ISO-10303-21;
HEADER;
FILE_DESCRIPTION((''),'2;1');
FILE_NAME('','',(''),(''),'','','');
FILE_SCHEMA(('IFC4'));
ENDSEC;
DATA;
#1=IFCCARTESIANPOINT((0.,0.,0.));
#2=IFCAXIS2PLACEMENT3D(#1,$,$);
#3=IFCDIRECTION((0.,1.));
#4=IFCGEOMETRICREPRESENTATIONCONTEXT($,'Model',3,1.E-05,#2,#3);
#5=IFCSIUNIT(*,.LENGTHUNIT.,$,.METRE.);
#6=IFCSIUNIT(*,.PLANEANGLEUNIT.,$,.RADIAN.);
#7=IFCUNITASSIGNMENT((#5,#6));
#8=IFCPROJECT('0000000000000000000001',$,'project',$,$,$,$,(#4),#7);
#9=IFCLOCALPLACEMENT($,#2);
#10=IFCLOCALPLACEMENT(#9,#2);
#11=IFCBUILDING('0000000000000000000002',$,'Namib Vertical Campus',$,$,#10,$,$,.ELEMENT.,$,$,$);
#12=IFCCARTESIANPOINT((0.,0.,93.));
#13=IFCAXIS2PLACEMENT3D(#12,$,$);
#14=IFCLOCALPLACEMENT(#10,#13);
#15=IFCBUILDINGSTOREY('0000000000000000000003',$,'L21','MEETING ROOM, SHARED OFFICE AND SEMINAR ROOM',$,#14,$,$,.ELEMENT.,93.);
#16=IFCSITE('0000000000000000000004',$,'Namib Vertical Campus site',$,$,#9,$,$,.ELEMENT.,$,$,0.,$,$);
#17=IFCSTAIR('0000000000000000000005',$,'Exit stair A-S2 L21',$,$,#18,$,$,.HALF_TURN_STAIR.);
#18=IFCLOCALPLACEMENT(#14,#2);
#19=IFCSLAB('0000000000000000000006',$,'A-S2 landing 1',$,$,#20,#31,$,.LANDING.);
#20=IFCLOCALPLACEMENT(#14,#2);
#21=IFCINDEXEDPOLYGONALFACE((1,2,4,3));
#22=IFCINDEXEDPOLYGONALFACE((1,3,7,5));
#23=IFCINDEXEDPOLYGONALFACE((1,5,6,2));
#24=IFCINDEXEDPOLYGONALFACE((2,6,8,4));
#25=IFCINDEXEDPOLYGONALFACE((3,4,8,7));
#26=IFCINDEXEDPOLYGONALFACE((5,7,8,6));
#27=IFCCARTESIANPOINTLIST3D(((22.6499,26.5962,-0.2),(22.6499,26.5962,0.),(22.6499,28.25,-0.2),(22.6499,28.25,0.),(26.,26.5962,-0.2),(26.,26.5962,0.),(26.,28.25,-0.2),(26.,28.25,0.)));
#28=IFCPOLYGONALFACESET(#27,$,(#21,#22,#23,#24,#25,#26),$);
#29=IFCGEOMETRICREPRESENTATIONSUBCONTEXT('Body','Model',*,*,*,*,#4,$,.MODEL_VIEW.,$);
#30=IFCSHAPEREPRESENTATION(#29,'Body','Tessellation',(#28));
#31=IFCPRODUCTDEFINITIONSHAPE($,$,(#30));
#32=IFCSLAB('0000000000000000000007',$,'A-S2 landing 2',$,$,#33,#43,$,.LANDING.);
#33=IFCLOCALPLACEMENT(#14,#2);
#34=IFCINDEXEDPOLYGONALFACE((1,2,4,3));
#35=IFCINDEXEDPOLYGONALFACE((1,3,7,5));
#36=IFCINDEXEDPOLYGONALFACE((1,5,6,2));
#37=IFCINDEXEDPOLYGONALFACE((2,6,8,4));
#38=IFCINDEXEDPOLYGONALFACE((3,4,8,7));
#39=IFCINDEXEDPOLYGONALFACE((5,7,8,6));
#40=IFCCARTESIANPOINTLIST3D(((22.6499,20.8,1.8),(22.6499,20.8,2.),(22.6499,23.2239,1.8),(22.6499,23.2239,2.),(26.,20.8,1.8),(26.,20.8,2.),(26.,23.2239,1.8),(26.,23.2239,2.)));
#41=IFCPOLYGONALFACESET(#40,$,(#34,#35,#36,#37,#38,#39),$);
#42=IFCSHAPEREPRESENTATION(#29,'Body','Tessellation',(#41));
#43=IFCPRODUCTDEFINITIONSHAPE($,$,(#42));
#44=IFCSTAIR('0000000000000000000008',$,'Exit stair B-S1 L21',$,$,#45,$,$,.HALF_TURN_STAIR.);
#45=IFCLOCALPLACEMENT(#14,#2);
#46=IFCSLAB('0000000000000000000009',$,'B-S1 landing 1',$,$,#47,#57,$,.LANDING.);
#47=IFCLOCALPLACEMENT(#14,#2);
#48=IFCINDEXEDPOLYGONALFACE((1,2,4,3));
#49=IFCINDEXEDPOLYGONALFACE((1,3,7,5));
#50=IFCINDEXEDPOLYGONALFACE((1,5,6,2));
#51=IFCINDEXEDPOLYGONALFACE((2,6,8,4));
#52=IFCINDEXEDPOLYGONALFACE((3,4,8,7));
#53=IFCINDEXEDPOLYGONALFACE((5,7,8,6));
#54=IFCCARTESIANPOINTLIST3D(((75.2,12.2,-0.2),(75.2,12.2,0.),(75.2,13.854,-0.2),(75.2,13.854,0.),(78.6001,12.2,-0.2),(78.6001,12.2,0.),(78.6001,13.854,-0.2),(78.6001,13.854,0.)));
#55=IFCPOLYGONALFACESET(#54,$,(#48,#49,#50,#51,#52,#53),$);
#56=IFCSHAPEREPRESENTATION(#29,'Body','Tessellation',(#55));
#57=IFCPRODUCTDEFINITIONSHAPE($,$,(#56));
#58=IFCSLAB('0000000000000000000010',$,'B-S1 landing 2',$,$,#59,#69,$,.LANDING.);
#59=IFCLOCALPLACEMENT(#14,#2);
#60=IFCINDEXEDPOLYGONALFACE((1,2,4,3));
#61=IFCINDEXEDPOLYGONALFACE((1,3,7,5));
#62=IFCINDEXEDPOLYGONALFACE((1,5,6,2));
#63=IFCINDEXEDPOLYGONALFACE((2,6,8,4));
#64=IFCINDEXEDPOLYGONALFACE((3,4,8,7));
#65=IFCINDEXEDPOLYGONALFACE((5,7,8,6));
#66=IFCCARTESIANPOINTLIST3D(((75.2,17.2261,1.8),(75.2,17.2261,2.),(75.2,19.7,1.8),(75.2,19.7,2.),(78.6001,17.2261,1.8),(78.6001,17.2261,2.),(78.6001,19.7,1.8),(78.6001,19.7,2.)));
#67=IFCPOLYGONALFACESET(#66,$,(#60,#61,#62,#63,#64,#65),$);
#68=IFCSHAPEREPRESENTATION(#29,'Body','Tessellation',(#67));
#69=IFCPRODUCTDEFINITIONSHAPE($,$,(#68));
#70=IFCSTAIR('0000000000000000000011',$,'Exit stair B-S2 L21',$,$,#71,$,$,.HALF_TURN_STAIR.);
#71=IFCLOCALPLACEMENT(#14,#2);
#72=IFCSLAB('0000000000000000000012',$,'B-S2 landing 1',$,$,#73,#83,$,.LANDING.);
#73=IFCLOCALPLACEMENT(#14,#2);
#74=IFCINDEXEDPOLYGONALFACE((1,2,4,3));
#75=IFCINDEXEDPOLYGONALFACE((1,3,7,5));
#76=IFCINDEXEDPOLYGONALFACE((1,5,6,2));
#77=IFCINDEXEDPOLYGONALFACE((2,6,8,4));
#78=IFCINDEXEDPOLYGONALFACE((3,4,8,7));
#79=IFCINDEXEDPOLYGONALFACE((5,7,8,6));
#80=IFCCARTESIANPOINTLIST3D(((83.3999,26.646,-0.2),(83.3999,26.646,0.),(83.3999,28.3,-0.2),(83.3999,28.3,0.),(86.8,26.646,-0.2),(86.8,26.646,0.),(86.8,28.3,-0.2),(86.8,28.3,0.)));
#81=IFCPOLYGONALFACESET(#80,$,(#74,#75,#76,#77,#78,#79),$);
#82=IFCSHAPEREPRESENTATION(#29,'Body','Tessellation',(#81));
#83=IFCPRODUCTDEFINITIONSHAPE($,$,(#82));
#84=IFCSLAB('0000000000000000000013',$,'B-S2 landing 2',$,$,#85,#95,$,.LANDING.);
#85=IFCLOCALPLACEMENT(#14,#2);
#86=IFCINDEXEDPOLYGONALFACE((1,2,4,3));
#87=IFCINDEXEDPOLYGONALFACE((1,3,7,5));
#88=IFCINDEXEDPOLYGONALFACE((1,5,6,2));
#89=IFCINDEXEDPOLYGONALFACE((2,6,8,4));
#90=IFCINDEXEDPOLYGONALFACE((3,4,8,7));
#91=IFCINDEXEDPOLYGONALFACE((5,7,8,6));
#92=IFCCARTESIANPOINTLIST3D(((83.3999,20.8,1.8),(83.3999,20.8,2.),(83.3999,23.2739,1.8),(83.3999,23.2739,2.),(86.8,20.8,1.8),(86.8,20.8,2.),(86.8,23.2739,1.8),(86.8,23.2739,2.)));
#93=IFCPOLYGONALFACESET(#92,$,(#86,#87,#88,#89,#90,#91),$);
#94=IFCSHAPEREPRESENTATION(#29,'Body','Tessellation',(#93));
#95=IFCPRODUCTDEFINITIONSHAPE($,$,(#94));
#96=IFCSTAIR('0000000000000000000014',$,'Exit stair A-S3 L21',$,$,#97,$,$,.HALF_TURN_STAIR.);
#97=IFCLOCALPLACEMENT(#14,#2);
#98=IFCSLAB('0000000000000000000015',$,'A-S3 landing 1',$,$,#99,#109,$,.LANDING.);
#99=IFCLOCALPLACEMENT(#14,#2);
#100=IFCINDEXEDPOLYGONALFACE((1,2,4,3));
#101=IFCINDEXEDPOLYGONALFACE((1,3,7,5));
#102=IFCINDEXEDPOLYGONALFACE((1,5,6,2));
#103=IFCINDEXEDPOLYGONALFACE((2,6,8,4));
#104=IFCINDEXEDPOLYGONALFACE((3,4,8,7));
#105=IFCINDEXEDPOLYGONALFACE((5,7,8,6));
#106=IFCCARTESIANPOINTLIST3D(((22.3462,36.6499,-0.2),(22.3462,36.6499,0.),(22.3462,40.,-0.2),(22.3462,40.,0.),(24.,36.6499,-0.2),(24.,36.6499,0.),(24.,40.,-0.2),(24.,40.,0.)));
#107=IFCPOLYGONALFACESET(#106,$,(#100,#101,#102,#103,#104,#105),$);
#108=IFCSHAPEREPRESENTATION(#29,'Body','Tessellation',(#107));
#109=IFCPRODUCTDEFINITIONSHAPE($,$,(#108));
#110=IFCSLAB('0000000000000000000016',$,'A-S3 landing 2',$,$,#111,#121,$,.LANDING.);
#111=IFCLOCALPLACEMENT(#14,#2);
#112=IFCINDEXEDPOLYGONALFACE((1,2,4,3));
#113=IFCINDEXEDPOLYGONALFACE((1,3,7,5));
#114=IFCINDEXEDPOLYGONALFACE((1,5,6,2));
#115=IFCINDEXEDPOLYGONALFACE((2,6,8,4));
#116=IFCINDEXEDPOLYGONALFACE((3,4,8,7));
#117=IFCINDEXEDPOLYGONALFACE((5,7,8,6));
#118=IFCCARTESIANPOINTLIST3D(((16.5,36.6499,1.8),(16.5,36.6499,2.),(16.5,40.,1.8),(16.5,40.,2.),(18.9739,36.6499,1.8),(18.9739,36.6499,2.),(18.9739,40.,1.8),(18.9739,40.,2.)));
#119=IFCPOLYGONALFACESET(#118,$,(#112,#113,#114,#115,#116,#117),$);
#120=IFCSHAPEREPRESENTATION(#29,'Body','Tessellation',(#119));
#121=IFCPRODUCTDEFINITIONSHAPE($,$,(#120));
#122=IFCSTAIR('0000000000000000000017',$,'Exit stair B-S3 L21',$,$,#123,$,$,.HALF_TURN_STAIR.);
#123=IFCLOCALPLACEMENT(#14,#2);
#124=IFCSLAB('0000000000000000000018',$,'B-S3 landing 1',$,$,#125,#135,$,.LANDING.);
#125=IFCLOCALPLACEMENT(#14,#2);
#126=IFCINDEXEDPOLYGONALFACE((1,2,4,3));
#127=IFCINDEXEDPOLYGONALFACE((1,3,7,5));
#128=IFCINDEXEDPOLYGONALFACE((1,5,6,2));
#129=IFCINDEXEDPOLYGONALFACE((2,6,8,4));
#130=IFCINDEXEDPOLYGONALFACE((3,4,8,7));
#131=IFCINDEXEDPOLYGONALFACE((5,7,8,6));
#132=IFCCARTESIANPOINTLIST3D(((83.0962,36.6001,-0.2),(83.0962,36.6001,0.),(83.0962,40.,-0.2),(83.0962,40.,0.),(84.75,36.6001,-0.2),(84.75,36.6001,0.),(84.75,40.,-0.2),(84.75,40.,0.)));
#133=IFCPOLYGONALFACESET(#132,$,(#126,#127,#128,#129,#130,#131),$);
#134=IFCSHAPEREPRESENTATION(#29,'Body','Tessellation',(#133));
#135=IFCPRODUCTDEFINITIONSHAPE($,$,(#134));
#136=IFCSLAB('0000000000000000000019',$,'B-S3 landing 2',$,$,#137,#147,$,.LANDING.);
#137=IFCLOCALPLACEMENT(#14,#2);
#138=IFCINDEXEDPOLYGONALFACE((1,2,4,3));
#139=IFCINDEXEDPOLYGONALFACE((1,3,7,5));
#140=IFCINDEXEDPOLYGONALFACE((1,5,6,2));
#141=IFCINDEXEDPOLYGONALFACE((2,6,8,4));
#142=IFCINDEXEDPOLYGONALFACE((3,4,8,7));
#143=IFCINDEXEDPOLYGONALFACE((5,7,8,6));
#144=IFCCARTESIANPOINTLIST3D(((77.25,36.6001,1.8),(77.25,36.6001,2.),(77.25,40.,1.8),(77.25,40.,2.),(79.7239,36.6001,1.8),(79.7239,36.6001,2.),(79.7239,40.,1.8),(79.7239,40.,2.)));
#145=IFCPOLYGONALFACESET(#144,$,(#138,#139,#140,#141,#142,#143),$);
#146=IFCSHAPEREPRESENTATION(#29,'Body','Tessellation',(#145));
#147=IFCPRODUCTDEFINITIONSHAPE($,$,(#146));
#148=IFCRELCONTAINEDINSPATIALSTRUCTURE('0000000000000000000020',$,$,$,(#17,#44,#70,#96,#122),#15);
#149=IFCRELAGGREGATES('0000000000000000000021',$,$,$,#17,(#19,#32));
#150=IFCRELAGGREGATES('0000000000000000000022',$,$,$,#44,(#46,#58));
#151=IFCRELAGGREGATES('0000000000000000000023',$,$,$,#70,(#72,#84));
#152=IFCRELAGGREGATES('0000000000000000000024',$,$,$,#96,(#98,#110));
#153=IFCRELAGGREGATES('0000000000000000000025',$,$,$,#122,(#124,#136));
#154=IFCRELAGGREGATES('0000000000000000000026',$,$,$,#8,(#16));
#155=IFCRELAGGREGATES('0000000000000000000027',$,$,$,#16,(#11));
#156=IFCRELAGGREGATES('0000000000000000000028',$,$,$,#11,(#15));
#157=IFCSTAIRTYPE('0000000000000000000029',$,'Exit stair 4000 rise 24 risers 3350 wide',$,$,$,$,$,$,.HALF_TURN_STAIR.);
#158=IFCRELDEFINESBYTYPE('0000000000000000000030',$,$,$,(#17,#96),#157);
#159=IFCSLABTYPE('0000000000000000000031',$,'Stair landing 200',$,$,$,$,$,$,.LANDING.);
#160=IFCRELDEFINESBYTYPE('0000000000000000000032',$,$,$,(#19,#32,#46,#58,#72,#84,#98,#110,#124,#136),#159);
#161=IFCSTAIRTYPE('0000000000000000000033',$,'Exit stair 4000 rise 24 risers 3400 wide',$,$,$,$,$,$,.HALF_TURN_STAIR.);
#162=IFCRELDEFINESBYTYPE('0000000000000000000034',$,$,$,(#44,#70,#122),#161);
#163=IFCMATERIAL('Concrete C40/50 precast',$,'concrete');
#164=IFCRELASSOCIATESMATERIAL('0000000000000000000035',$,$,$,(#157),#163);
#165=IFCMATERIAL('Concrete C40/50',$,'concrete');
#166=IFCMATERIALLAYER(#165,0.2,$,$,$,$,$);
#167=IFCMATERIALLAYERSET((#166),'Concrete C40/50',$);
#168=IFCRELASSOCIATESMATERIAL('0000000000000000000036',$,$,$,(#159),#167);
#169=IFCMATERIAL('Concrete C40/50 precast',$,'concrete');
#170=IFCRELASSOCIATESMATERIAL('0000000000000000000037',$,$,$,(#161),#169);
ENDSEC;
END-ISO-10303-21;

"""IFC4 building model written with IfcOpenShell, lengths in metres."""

from ifc_helpers import new_model, si_unit, direction, frame, origin, place, context, subcontext, project, spatial, polyline, outline, extrude, material, layer, layer_set, type_object, element, aggregate, save


model = new_model("IFC4")

# Units and contexts
model_context = context("Model", 3, precision=1e-05, world=origin(), true_north=direction((0.0, 1.0)))
body_context = subcontext(model_context, "Body", "Model", "MODEL_VIEW")
ifc_project = project(units=[si_unit("LENGTHUNIT", "METRE"), si_unit("PLANEANGLEUNIT", "RADIAN")], contexts=[model_context])

# Site, building, storey
site_placement = place(None, origin())
site = spatial("IfcSite", under=ifc_project, at=site_placement, Name="Namib Vertical Campus site", CompositionType="ELEMENT", RefElevation=0.0)
building_placement = place(site_placement, origin())
building = spatial("IfcBuilding", under=site, at=building_placement, Name="Namib Vertical Campus", CompositionType="ELEMENT")
storey_placement = place(building_placement, frame((0.0, 0.0, 93.0)))
storey = spatial("IfcBuildingStorey", under=building, at=storey_placement, Name="L21", Description="MEETING ROOM, SHARED OFFICE AND SEMINAR ROOM", CompositionType="ELEMENT", Elevation=93.0)

# Stairs, slabs
ifc_material_1 = material(Name="Concrete C40/50 precast", Category="concrete")
stair_type_1 = type_object("IfcStairType", Name="Exit stair 4000 rise 24 risers 3350 wide", PredefinedType="HALF_TURN_STAIR", material=ifc_material_1)
ifc_material_2 = material(Name="Concrete C40/50", Category="concrete")
ifc_layer_1 = layer(ifc_material_2, 0.2)
ifc_layer_set_1 = layer_set([ifc_layer_1], Name="Concrete C40/50")
slab_type_1 = type_object("IfcSlabType", Name="Stair landing 200", PredefinedType="LANDING", material=ifc_layer_set_1)
stair_1_placement = place(storey_placement, origin())
stair_1 = element("IfcStair", 1, at=stair_1_placement, inside=storey, type_object=stair_type_1, Name="Exit stair A-S2 L21", PredefinedType="HALF_TURN_STAIR")
slab_1_placement = place(storey_placement, frame((0.0, 0.0, -0.2)))
slab_1 = element("IfcSlab", 2, at=slab_1_placement, type_object=slab_type_1, Name="A-S2 landing 1", PredefinedType="LANDING", context=body_context, shape_type="SweptSolid", body=[
    extrude(outline(polyline([(22.6499, 26.5962), (26.0, 26.5962), (26.0, 28.25), (22.6499, 28.25), (22.6499, 26.5962)])), origin(), (0.0, 0.0, 1.0), 0.2),
])
slab_2_placement = place(storey_placement, frame((0.0, 0.0, 1.8)))
slab_2 = element("IfcSlab", 3, at=slab_2_placement, type_object=slab_type_1, Name="A-S2 landing 2", PredefinedType="LANDING", context=body_context, shape_type="SweptSolid", body=[
    extrude(outline(polyline([(22.6499, 20.8), (26.0, 20.8), (26.0, 23.2239), (22.6499, 23.2239), (22.6499, 20.8)])), origin(), (0.0, 0.0, 1.0), 0.2),
])
aggregate(stair_1, [slab_1, slab_2])
ifc_material_3 = material(Name="Concrete C40/50 precast", Category="concrete")
stair_type_2 = type_object("IfcStairType", Name="Exit stair 4000 rise 24 risers 3400 wide", PredefinedType="HALF_TURN_STAIR", material=ifc_material_3)
stair_2_placement = place(storey_placement, origin())
stair_2 = element("IfcStair", 4, at=stair_2_placement, inside=storey, type_object=stair_type_2, Name="Exit stair B-S1 L21", PredefinedType="HALF_TURN_STAIR")
slab_3_placement = place(storey_placement, frame((0.0, 0.0, -0.2)))
slab_3 = element("IfcSlab", 5, at=slab_3_placement, type_object=slab_type_1, Name="B-S1 landing 1", PredefinedType="LANDING", context=body_context, shape_type="SweptSolid", body=[
    extrude(outline(polyline([(75.2, 12.2), (78.6001, 12.2), (78.6001, 13.854), (75.2, 13.854), (75.2, 12.2)])), origin(), (0.0, 0.0, 1.0), 0.2),
])
slab_4_placement = place(storey_placement, frame((0.0, 0.0, 1.8)))
slab_4 = element("IfcSlab", 6, at=slab_4_placement, type_object=slab_type_1, Name="B-S1 landing 2", PredefinedType="LANDING", context=body_context, shape_type="SweptSolid", body=[
    extrude(outline(polyline([(75.2, 17.2261), (78.6001, 17.2261), (78.6001, 19.7), (75.2, 19.7), (75.2, 17.2261)])), origin(), (0.0, 0.0, 1.0), 0.2),
])
aggregate(stair_2, [slab_3, slab_4])
stair_3_placement = place(storey_placement, origin())
stair_3 = element("IfcStair", 7, at=stair_3_placement, inside=storey, type_object=stair_type_2, Name="Exit stair B-S2 L21", PredefinedType="HALF_TURN_STAIR")
slab_5_placement = place(storey_placement, frame((0.0, 0.0, -0.2)))
slab_5 = element("IfcSlab", 8, at=slab_5_placement, type_object=slab_type_1, Name="B-S2 landing 1", PredefinedType="LANDING", context=body_context, shape_type="SweptSolid", body=[
    extrude(outline(polyline([(83.3999, 26.646), (86.8, 26.646), (86.8, 28.3), (83.3999, 28.3), (83.3999, 26.646)])), origin(), (0.0, 0.0, 1.0), 0.2),
])
slab_6_placement = place(storey_placement, frame((0.0, 0.0, 1.8)))
slab_6 = element("IfcSlab", 9, at=slab_6_placement, type_object=slab_type_1, Name="B-S2 landing 2", PredefinedType="LANDING", context=body_context, shape_type="SweptSolid", body=[
    extrude(outline(polyline([(83.3999, 20.8), (86.8, 20.8), (86.8, 23.2739), (83.3999, 23.2739), (83.3999, 20.8)])), origin(), (0.0, 0.0, 1.0), 0.2),
])
aggregate(stair_3, [slab_5, slab_6])
stair_4_placement = place(storey_placement, origin())
stair_4 = element("IfcStair", 10, at=stair_4_placement, inside=storey, type_object=stair_type_1, Name="Exit stair A-S3 L21", PredefinedType="HALF_TURN_STAIR")
slab_7_placement = place(storey_placement, frame((0.0, 0.0, -0.2)))
slab_7 = element("IfcSlab", 11, at=slab_7_placement, type_object=slab_type_1, Name="A-S3 landing 1", PredefinedType="LANDING", context=body_context, shape_type="SweptSolid", body=[
    extrude(outline(polyline([(22.3462, 36.6499), (22.3462, 40.0), (24.0, 40.0), (24.0, 36.6499), (22.3462, 36.6499)])), origin(), (0.0, 0.0, 1.0), 0.2),
])
slab_8_placement = place(storey_placement, frame((0.0, 0.0, 1.8)))
slab_8 = element("IfcSlab", 12, at=slab_8_placement, type_object=slab_type_1, Name="A-S3 landing 2", PredefinedType="LANDING", context=body_context, shape_type="SweptSolid", body=[
    extrude(outline(polyline([(16.5, 36.6499), (16.5, 40.0), (18.9739, 40.0), (18.9739, 36.6499), (16.5, 36.6499)])), origin(), (0.0, 0.0, 1.0), 0.2),
])
aggregate(stair_4, [slab_7, slab_8])
stair_5_placement = place(storey_placement, origin())
stair_5 = element("IfcStair", 13, at=stair_5_placement, inside=storey, type_object=stair_type_2, Name="Exit stair B-S3 L21", PredefinedType="HALF_TURN_STAIR")
slab_9_placement = place(storey_placement, frame((0.0, 0.0, -0.2)))
slab_9 = element("IfcSlab", 14, at=slab_9_placement, type_object=slab_type_1, Name="B-S3 landing 1", PredefinedType="LANDING", context=body_context, shape_type="SweptSolid", body=[
    extrude(outline(polyline([(83.0962, 36.6001), (83.0962, 40.0), (84.75, 40.0), (84.75, 36.6001), (83.0962, 36.6001)])), origin(), (0.0, 0.0, 1.0), 0.2),
])
slab_10_placement = place(storey_placement, frame((0.0, 0.0, 1.8)))
slab_10 = element("IfcSlab", 15, at=slab_10_placement, type_object=slab_type_1, Name="B-S3 landing 2", PredefinedType="LANDING", context=body_context, shape_type="SweptSolid", body=[
    extrude(outline(polyline([(77.25, 36.6001), (77.25, 40.0), (79.7239, 40.0), (79.7239, 36.6001), (77.25, 36.6001)])), origin(), (0.0, 0.0, 1.0), 0.2),
])
aggregate(stair_5, [slab_9, slab_10])

save(model, "model.ifc")
